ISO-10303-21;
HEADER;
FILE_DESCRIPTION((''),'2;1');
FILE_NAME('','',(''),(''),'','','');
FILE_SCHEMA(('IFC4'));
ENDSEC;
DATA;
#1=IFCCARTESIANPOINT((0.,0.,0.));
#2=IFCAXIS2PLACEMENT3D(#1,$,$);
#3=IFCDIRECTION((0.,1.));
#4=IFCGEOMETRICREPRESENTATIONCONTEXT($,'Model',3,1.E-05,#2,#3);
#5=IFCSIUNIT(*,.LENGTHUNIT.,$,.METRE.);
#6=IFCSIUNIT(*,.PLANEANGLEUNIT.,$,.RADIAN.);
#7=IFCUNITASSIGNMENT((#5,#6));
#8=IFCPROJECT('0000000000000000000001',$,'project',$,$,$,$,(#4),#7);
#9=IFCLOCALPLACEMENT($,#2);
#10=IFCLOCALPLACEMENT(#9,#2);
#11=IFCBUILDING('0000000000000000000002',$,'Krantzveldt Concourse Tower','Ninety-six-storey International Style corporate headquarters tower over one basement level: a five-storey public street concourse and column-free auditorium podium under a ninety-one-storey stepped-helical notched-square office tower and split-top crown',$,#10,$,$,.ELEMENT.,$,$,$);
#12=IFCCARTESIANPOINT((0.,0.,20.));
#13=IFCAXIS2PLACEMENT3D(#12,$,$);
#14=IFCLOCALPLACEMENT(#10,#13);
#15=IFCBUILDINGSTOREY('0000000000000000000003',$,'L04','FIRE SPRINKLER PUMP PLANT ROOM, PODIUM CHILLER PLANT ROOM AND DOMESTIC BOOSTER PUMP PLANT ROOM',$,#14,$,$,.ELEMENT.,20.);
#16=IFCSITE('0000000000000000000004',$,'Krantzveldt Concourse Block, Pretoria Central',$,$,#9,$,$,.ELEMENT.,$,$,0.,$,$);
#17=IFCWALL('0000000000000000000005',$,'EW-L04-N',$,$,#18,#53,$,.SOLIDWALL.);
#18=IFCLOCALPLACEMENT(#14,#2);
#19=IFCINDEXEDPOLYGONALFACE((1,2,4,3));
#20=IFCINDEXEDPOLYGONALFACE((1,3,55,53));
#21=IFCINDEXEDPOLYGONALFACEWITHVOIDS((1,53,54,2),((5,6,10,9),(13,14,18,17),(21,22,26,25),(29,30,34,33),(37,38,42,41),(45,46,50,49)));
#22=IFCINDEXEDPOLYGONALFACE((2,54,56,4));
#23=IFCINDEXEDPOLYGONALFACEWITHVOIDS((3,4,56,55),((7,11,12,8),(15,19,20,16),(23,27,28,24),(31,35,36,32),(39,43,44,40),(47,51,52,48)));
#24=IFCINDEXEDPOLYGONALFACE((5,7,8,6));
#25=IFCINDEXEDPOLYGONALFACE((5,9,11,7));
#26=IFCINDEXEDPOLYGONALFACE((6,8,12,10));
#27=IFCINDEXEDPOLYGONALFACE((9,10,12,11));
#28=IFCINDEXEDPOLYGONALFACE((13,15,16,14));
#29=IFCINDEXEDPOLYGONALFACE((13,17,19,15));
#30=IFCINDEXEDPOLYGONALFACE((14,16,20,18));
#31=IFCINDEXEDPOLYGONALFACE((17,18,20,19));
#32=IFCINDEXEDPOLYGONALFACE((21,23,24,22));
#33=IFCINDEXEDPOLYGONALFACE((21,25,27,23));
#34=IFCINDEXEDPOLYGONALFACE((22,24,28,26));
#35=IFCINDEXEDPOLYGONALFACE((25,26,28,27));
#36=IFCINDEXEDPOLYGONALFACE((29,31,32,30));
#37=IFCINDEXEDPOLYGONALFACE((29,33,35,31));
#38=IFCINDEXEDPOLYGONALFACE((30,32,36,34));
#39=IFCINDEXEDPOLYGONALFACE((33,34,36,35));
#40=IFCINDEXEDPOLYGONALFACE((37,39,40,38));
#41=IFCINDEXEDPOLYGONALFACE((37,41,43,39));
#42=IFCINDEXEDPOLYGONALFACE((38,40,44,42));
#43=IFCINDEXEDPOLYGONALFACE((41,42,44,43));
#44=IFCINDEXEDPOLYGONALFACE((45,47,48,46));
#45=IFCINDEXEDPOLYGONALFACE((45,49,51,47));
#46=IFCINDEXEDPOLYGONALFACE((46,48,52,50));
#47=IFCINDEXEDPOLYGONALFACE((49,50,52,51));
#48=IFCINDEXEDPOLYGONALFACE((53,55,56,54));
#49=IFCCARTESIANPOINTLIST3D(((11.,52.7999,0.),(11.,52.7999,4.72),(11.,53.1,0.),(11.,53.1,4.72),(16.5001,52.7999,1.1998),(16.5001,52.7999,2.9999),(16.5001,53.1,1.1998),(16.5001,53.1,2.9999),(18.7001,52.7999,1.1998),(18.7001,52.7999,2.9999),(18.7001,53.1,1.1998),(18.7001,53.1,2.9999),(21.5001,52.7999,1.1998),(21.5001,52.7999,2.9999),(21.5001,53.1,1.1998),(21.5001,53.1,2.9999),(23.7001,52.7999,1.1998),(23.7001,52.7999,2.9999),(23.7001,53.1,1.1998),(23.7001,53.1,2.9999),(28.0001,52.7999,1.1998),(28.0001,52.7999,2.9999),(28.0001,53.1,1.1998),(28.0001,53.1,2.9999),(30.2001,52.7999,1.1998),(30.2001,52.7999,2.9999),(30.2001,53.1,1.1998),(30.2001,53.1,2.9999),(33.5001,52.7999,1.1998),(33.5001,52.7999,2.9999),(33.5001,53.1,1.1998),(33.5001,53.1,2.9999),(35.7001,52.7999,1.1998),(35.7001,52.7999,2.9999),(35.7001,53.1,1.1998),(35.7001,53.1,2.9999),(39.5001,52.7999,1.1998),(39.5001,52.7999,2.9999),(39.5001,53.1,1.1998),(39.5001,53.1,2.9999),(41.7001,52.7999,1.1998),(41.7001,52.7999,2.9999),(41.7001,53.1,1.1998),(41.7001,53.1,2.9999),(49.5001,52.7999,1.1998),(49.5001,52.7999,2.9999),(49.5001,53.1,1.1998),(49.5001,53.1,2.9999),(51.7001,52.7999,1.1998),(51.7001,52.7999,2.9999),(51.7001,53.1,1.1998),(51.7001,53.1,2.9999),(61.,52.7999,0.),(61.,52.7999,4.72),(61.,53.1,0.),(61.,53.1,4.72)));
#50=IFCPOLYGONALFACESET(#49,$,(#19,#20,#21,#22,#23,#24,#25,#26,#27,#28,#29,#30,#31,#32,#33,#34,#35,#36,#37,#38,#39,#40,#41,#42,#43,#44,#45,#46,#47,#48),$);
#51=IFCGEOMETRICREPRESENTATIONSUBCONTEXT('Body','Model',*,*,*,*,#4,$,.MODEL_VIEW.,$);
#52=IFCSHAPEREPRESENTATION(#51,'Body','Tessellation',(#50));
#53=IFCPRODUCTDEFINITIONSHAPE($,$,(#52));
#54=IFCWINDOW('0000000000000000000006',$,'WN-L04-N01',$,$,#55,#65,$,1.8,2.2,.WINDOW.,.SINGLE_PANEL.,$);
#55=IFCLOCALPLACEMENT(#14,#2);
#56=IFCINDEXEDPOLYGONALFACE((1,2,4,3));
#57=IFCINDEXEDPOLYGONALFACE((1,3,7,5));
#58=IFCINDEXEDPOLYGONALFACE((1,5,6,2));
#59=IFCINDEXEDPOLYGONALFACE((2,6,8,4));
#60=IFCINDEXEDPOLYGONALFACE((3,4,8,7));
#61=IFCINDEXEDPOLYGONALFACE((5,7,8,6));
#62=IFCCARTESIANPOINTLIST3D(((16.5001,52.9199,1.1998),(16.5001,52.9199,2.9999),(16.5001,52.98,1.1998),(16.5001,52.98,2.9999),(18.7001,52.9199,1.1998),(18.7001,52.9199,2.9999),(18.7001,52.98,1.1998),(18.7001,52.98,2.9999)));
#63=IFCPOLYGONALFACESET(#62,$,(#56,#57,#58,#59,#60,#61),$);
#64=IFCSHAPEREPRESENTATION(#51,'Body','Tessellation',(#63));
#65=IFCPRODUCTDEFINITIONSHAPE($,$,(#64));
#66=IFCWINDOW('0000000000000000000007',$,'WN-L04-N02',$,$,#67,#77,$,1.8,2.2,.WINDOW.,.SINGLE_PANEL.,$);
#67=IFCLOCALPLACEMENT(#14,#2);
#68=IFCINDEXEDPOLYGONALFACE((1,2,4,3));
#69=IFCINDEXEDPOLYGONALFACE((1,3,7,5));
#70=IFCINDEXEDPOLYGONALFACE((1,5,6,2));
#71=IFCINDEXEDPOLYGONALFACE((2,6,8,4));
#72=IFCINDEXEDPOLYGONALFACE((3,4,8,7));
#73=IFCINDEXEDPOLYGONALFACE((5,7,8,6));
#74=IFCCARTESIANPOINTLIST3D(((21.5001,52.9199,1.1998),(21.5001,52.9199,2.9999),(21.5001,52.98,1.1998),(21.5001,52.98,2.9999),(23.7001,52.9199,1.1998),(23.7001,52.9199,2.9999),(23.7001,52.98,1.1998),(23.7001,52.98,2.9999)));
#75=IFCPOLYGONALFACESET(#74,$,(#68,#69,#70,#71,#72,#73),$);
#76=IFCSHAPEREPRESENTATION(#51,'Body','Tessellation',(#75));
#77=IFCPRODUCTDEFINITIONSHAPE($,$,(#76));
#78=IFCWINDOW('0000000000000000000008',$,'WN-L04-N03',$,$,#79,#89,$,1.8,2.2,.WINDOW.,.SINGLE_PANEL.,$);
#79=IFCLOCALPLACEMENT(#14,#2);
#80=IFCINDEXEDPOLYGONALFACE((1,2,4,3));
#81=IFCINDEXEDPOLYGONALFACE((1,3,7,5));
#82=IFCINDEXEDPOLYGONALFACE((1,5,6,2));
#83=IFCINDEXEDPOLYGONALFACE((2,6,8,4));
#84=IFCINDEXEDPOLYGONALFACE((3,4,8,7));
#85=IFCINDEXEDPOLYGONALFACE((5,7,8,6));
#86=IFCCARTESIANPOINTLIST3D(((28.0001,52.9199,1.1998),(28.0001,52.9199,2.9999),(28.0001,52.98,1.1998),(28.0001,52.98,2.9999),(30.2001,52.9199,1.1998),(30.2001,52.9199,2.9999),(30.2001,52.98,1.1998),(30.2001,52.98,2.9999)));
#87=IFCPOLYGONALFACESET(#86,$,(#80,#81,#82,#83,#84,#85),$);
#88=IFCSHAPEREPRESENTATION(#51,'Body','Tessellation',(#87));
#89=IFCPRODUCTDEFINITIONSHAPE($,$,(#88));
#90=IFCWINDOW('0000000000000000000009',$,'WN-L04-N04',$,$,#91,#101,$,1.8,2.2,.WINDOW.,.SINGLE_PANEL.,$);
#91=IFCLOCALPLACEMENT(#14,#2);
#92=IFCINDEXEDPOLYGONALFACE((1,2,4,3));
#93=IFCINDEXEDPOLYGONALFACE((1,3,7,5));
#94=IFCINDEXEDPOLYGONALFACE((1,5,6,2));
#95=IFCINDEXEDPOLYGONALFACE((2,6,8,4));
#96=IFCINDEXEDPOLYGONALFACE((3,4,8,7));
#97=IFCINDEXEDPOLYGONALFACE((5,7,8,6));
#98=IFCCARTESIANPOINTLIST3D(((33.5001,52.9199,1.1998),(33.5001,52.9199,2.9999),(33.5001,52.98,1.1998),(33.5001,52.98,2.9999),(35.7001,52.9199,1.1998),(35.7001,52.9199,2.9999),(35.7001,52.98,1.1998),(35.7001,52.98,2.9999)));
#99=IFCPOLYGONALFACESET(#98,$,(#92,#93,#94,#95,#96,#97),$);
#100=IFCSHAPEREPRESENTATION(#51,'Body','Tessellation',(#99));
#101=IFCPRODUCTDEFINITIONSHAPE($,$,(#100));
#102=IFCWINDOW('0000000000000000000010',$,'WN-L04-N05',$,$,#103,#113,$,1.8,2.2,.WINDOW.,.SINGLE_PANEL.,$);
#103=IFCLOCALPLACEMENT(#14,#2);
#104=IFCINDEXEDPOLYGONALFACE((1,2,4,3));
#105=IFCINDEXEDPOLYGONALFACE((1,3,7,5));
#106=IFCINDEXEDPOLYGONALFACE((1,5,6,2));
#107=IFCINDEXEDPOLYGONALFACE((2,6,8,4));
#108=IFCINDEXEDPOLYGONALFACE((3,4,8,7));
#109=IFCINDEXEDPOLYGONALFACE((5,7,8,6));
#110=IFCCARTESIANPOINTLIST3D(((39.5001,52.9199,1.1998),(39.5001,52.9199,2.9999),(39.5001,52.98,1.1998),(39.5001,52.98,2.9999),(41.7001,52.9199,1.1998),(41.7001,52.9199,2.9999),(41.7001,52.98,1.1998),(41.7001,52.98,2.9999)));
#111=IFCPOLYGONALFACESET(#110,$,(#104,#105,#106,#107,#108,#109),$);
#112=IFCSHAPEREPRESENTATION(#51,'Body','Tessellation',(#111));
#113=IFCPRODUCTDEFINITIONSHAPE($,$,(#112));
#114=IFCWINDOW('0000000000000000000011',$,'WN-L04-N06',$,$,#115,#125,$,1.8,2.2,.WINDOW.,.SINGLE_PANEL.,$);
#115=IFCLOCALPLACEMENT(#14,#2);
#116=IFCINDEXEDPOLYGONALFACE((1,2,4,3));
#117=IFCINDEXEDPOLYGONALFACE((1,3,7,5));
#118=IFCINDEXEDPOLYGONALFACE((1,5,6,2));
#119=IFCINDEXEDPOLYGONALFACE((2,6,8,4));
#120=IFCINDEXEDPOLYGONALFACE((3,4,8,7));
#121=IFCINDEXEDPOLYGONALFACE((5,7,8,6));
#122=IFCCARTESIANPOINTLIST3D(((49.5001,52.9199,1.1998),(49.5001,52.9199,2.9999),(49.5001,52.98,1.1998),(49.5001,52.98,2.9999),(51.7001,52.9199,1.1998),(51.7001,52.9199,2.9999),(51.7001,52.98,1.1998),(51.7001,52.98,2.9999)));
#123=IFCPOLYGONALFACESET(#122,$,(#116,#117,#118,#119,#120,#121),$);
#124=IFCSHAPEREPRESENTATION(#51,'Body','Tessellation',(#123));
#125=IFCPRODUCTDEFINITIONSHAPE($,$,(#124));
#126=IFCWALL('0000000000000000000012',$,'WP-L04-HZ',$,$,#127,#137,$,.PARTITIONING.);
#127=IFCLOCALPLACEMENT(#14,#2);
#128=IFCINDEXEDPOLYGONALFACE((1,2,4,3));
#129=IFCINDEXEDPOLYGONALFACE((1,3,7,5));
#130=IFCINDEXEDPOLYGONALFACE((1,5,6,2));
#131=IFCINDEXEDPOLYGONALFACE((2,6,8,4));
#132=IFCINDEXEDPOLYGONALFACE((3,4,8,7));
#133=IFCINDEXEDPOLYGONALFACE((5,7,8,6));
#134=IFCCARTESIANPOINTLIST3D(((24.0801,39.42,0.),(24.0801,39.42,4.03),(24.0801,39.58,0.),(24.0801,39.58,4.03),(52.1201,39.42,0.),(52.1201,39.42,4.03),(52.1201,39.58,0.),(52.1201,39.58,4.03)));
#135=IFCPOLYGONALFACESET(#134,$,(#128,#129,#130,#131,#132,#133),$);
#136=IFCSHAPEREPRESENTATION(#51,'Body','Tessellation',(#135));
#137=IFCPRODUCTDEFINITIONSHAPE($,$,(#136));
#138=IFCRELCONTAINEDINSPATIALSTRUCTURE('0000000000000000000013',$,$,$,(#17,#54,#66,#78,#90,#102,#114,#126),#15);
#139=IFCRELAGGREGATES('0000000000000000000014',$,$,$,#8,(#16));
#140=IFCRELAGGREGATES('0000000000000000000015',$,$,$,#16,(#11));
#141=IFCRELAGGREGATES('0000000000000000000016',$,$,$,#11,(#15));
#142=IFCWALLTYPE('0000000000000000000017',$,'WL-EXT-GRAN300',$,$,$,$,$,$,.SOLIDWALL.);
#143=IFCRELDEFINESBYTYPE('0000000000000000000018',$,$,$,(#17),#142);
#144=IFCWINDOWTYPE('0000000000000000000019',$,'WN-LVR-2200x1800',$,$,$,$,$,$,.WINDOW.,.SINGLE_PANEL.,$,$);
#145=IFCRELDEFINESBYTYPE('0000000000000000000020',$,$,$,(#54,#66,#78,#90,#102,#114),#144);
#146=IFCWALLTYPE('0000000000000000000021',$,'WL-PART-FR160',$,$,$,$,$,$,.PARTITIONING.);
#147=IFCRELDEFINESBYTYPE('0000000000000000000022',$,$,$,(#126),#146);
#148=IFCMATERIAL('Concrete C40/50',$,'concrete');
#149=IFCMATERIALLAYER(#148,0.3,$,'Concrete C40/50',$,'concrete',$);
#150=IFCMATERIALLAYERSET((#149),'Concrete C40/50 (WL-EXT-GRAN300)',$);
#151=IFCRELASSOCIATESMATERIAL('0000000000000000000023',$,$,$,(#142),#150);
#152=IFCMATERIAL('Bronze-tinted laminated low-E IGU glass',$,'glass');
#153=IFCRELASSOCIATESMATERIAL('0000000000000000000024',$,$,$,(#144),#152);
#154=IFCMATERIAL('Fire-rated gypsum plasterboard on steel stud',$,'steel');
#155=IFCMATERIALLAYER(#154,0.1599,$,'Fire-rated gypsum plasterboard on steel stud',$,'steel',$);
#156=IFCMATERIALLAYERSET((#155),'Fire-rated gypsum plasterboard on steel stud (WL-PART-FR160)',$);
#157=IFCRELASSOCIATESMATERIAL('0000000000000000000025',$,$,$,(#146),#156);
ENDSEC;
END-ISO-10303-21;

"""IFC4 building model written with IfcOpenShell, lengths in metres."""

from ifc_helpers import new_model, si_unit, direction, frame, frame_2d, origin, place, context, subcontext, project, spatial, rectangle, extrude, material, layer, layer_set, type_object, element, fill, save


model = new_model("IFC4")

# Units and contexts
model_context = context("Model", 3, precision=1e-05, world=origin(), true_north=direction((0.0, 1.0)))
body_context = subcontext(model_context, "Body", "Model", "MODEL_VIEW")
ifc_project = project(units=[si_unit("LENGTHUNIT", "METRE"), si_unit("PLANEANGLEUNIT", "RADIAN")], contexts=[model_context])

# Site, building, storey
site_placement = place(None, origin())
site = spatial("IfcSite", under=ifc_project, at=site_placement, Name="Krantzveldt Concourse Block, Pretoria Central", CompositionType="ELEMENT", RefElevation=0.0)
building_placement = place(site_placement, origin())
building = spatial("IfcBuilding", under=site, at=building_placement, Name="Krantzveldt Concourse Tower", Description="Ninety-six-storey International Style corporate headquarters tower over one basement level: a five-storey public street concourse and column-free auditorium podium under a ninety-one-storey stepped-helical notched-square office tower and split-top crown", CompositionType="ELEMENT")
storey_placement = place(building_placement, frame((0.0, 0.0, 20.0)))
storey = spatial("IfcBuildingStorey", under=building, at=storey_placement, Name="L04", Description="FIRE SPRINKLER PUMP PLANT ROOM, PODIUM CHILLER PLANT ROOM AND DOMESTIC BOOSTER PUMP PLANT ROOM", CompositionType="ELEMENT", Elevation=20.0)

# Shared definitions
ifc_material_1 = material(Name="Concrete C40/50", Category="concrete")

# Wall, openings, windows
ifc_layer_1 = layer(ifc_material_1, 0.3, Name="Concrete C40/50", Category="concrete")
ifc_layer_set_1 = layer_set([ifc_layer_1], Name="Concrete C40/50 (WL-EXT-GRAN300)")
wall_type_1 = type_object("IfcWallType", Name="WL-EXT-GRAN300", PredefinedType="SOLIDWALL", material=ifc_layer_set_1)
wall_1_placement = place(storey_placement, frame((11.0, 52.95, 0.0), z_axis=(0.0, 0.0, 1.0), x_axis=(1.0, 0.0, 0.0)))
wall_1 = element("IfcWall", 1, at=wall_1_placement, inside=storey, type_object=wall_type_1, Name="EW-L04-N", PredefinedType="SOLIDWALL", context=body_context, shape_type="SweptSolid", body=[
    extrude(rectangle(XDim=50.0, YDim=0.3, at=frame_2d((25.0, 0.0))), origin(), (0.0, 0.0, 1.0), 4.72),
])
opening_1_placement = place(wall_1_placement, frame((5.5, 0.0, 1.2)))
opening_1 = element("IfcOpeningElement", 2, at=opening_1_placement, cuts=wall_1, PredefinedType="OPENING", context=body_context, shape_type="SweptSolid", body=[
    extrude(rectangle(XDim=2.2, YDim=1.8, at=frame_2d((1.1001, 0.8999))), frame((0.0, 0.1602, 0.0), z_axis=(0.0, -1.0, 0.0), x_axis=(1.0, 0.0, 0.0)), (0.0, 0.0, 1.0), 0.3201),
])
opening_2_placement = place(wall_1_placement, frame((10.5, 0.0, 1.2)))
opening_2 = element("IfcOpeningElement", 3, at=opening_2_placement, cuts=wall_1, PredefinedType="OPENING", context=body_context, shape_type="SweptSolid", body=[
    extrude(rectangle(XDim=2.2, YDim=1.8, at=frame_2d((1.1001, 0.8999))), frame((0.0, 0.1602, 0.0), z_axis=(0.0, -1.0, 0.0), x_axis=(1.0, 0.0, 0.0)), (0.0, 0.0, 1.0), 0.3201),
])
opening_3_placement = place(wall_1_placement, frame((17.0, 0.0, 1.2)))
opening_3 = element("IfcOpeningElement", 4, at=opening_3_placement, cuts=wall_1, PredefinedType="OPENING", context=body_context, shape_type="SweptSolid", body=[
    extrude(rectangle(XDim=2.2, YDim=1.8, at=frame_2d((1.1001, 0.8999))), frame((0.0, 0.1602, 0.0), z_axis=(0.0, -1.0, 0.0), x_axis=(1.0, 0.0, 0.0)), (0.0, 0.0, 1.0), 0.3201),
])
opening_4_placement = place(wall_1_placement, frame((22.5, 0.0, 1.2)))
opening_4 = element("IfcOpeningElement", 5, at=opening_4_placement, cuts=wall_1, PredefinedType="OPENING", context=body_context, shape_type="SweptSolid", body=[
    extrude(rectangle(XDim=2.2, YDim=1.8, at=frame_2d((1.1001, 0.8999))), frame((0.0, 0.1602, 0.0), z_axis=(0.0, -1.0, 0.0), x_axis=(1.0, 0.0, 0.0)), (0.0, 0.0, 1.0), 0.3201),
])
opening_5_placement = place(wall_1_placement, frame((28.5, 0.0, 1.2)))
opening_5 = element("IfcOpeningElement", 6, at=opening_5_placement, cuts=wall_1, PredefinedType="OPENING", context=body_context, shape_type="SweptSolid", body=[
    extrude(rectangle(XDim=2.2, YDim=1.8, at=frame_2d((1.1001, 0.8999))), frame((0.0, 0.1602, 0.0), z_axis=(0.0, -1.0, 0.0), x_axis=(1.0, 0.0, 0.0)), (0.0, 0.0, 1.0), 0.3201),
])
opening_6_placement = place(wall_1_placement, frame((38.5, 0.0, 1.2)))
opening_6 = element("IfcOpeningElement", 7, at=opening_6_placement, cuts=wall_1, PredefinedType="OPENING", context=body_context, shape_type="SweptSolid", body=[
    extrude(rectangle(XDim=2.2, YDim=1.8, at=frame_2d((1.1001, 0.8999))), frame((0.0, 0.1602, 0.0), z_axis=(0.0, -1.0, 0.0), x_axis=(1.0, 0.0, 0.0)), (0.0, 0.0, 1.0), 0.3201),
])
ifc_material_2 = material(Name="Bronze-tinted laminated low-E IGU glass", Category="glass")
window_type = type_object("IfcWindowType", Name="WN-LVR-2200x1800", PartitioningType="SINGLE_PANEL", PredefinedType="WINDOW", material=ifc_material_2)
window_1_placement = place(opening_1_placement, origin())
window_1 = element("IfcWindow", 8, at=window_1_placement, inside=storey, type_object=window_type, Name="WN-L04-N01", OverallHeight=1.8, OverallWidth=2.2, PartitioningType="SINGLE_PANEL", PredefinedType="WINDOW", context=body_context, shape_type="SweptSolid", body=[
    extrude(rectangle(XDim=2.2, YDim=1.8, at=frame_2d((1.1001, 0.8999))), frame((0.0, 0.03, 0.0), z_axis=(0.0, -1.0, 0.0), x_axis=(1.0, 0.0, 0.0)), (0.0, 0.0, 1.0), 0.0601),
])
fill(opening_1, window_1)
window_2_placement = place(opening_2_placement, origin())
window_2 = element("IfcWindow", 9, at=window_2_placement, inside=storey, type_object=window_type, Name="WN-L04-N02", OverallHeight=1.8, OverallWidth=2.2, PartitioningType="SINGLE_PANEL", PredefinedType="WINDOW", context=body_context, shape_type="SweptSolid", body=[
    extrude(rectangle(XDim=2.2, YDim=1.8, at=frame_2d((1.1001, 0.8999))), frame((0.0, 0.03, 0.0), z_axis=(0.0, -1.0, 0.0), x_axis=(1.0, 0.0, 0.0)), (0.0, 0.0, 1.0), 0.0601),
])
fill(opening_2, window_2)
window_3_placement = place(opening_3_placement, origin())
window_3 = element("IfcWindow", 10, at=window_3_placement, inside=storey, type_object=window_type, Name="WN-L04-N03", OverallHeight=1.8, OverallWidth=2.2, PartitioningType="SINGLE_PANEL", PredefinedType="WINDOW", context=body_context, shape_type="SweptSolid", body=[
    extrude(rectangle(XDim=2.2, YDim=1.8, at=frame_2d((1.1001, 0.8999))), frame((0.0, 0.03, 0.0), z_axis=(0.0, -1.0, 0.0), x_axis=(1.0, 0.0, 0.0)), (0.0, 0.0, 1.0), 0.0601),
])
fill(opening_3, window_3)
window_4_placement = place(opening_4_placement, origin())
window_4 = element("IfcWindow", 11, at=window_4_placement, inside=storey, type_object=window_type, Name="WN-L04-N04", OverallHeight=1.8, OverallWidth=2.2, PartitioningType="SINGLE_PANEL", PredefinedType="WINDOW", context=body_context, shape_type="SweptSolid", body=[
    extrude(rectangle(XDim=2.2, YDim=1.8, at=frame_2d((1.1001, 0.8999))), frame((0.0, 0.03, 0.0), z_axis=(0.0, -1.0, 0.0), x_axis=(1.0, 0.0, 0.0)), (0.0, 0.0, 1.0), 0.0601),
])
fill(opening_4, window_4)
window_5_placement = place(opening_5_placement, origin())
window_5 = element("IfcWindow", 12, at=window_5_placement, inside=storey, type_object=window_type, Name="WN-L04-N05", OverallHeight=1.8, OverallWidth=2.2, PartitioningType="SINGLE_PANEL", PredefinedType="WINDOW", context=body_context, shape_type="SweptSolid", body=[
    extrude(rectangle(XDim=2.2, YDim=1.8, at=frame_2d((1.1001, 0.8999))), frame((0.0, 0.03, 0.0), z_axis=(0.0, -1.0, 0.0), x_axis=(1.0, 0.0, 0.0)), (0.0, 0.0, 1.0), 0.0601),
])
fill(opening_5, window_5)
window_6_placement = place(opening_6_placement, origin())
window_6 = element("IfcWindow", 13, at=window_6_placement, inside=storey, type_object=window_type, Name="WN-L04-N06", OverallHeight=1.8, OverallWidth=2.2, PartitioningType="SINGLE_PANEL", PredefinedType="WINDOW", context=body_context, shape_type="SweptSolid", body=[
    extrude(rectangle(XDim=2.2, YDim=1.8, at=frame_2d((1.1001, 0.8999))), frame((0.0, 0.03, 0.0), z_axis=(0.0, -1.0, 0.0), x_axis=(1.0, 0.0, 0.0)), (0.0, 0.0, 1.0), 0.0601),
])
fill(opening_6, window_6)

# Wall
ifc_material_3 = material(Name="Fire-rated gypsum plasterboard on steel stud", Category="steel")
ifc_layer_2 = layer(ifc_material_3, 0.1599, Name="Fire-rated gypsum plasterboard on steel stud", Category="steel")
ifc_layer_set_2 = layer_set([ifc_layer_2], Name="Fire-rated gypsum plasterboard on steel stud (WL-PART-FR160)")
wall_type_2 = type_object("IfcWallType", Name="WL-PART-FR160", PredefinedType="PARTITIONING", material=ifc_layer_set_2)
wall_2_placement = place(storey_placement, frame((24.0801, 39.5, 0.0), z_axis=(0.0, 0.0, 1.0), x_axis=(1.0, 0.0, 0.0)))
element("IfcWall", 14, at=wall_2_placement, inside=storey, type_object=wall_type_2, Name="WP-L04-HZ", PredefinedType="PARTITIONING", context=body_context, shape_type="SweptSolid", body=[
    extrude(rectangle(XDim=28.04, YDim=0.1599, at=frame_2d((14.02, 0.0))), origin(), (0.0, 0.0, 1.0), 4.03),
])

save(model, "model.ifc")
